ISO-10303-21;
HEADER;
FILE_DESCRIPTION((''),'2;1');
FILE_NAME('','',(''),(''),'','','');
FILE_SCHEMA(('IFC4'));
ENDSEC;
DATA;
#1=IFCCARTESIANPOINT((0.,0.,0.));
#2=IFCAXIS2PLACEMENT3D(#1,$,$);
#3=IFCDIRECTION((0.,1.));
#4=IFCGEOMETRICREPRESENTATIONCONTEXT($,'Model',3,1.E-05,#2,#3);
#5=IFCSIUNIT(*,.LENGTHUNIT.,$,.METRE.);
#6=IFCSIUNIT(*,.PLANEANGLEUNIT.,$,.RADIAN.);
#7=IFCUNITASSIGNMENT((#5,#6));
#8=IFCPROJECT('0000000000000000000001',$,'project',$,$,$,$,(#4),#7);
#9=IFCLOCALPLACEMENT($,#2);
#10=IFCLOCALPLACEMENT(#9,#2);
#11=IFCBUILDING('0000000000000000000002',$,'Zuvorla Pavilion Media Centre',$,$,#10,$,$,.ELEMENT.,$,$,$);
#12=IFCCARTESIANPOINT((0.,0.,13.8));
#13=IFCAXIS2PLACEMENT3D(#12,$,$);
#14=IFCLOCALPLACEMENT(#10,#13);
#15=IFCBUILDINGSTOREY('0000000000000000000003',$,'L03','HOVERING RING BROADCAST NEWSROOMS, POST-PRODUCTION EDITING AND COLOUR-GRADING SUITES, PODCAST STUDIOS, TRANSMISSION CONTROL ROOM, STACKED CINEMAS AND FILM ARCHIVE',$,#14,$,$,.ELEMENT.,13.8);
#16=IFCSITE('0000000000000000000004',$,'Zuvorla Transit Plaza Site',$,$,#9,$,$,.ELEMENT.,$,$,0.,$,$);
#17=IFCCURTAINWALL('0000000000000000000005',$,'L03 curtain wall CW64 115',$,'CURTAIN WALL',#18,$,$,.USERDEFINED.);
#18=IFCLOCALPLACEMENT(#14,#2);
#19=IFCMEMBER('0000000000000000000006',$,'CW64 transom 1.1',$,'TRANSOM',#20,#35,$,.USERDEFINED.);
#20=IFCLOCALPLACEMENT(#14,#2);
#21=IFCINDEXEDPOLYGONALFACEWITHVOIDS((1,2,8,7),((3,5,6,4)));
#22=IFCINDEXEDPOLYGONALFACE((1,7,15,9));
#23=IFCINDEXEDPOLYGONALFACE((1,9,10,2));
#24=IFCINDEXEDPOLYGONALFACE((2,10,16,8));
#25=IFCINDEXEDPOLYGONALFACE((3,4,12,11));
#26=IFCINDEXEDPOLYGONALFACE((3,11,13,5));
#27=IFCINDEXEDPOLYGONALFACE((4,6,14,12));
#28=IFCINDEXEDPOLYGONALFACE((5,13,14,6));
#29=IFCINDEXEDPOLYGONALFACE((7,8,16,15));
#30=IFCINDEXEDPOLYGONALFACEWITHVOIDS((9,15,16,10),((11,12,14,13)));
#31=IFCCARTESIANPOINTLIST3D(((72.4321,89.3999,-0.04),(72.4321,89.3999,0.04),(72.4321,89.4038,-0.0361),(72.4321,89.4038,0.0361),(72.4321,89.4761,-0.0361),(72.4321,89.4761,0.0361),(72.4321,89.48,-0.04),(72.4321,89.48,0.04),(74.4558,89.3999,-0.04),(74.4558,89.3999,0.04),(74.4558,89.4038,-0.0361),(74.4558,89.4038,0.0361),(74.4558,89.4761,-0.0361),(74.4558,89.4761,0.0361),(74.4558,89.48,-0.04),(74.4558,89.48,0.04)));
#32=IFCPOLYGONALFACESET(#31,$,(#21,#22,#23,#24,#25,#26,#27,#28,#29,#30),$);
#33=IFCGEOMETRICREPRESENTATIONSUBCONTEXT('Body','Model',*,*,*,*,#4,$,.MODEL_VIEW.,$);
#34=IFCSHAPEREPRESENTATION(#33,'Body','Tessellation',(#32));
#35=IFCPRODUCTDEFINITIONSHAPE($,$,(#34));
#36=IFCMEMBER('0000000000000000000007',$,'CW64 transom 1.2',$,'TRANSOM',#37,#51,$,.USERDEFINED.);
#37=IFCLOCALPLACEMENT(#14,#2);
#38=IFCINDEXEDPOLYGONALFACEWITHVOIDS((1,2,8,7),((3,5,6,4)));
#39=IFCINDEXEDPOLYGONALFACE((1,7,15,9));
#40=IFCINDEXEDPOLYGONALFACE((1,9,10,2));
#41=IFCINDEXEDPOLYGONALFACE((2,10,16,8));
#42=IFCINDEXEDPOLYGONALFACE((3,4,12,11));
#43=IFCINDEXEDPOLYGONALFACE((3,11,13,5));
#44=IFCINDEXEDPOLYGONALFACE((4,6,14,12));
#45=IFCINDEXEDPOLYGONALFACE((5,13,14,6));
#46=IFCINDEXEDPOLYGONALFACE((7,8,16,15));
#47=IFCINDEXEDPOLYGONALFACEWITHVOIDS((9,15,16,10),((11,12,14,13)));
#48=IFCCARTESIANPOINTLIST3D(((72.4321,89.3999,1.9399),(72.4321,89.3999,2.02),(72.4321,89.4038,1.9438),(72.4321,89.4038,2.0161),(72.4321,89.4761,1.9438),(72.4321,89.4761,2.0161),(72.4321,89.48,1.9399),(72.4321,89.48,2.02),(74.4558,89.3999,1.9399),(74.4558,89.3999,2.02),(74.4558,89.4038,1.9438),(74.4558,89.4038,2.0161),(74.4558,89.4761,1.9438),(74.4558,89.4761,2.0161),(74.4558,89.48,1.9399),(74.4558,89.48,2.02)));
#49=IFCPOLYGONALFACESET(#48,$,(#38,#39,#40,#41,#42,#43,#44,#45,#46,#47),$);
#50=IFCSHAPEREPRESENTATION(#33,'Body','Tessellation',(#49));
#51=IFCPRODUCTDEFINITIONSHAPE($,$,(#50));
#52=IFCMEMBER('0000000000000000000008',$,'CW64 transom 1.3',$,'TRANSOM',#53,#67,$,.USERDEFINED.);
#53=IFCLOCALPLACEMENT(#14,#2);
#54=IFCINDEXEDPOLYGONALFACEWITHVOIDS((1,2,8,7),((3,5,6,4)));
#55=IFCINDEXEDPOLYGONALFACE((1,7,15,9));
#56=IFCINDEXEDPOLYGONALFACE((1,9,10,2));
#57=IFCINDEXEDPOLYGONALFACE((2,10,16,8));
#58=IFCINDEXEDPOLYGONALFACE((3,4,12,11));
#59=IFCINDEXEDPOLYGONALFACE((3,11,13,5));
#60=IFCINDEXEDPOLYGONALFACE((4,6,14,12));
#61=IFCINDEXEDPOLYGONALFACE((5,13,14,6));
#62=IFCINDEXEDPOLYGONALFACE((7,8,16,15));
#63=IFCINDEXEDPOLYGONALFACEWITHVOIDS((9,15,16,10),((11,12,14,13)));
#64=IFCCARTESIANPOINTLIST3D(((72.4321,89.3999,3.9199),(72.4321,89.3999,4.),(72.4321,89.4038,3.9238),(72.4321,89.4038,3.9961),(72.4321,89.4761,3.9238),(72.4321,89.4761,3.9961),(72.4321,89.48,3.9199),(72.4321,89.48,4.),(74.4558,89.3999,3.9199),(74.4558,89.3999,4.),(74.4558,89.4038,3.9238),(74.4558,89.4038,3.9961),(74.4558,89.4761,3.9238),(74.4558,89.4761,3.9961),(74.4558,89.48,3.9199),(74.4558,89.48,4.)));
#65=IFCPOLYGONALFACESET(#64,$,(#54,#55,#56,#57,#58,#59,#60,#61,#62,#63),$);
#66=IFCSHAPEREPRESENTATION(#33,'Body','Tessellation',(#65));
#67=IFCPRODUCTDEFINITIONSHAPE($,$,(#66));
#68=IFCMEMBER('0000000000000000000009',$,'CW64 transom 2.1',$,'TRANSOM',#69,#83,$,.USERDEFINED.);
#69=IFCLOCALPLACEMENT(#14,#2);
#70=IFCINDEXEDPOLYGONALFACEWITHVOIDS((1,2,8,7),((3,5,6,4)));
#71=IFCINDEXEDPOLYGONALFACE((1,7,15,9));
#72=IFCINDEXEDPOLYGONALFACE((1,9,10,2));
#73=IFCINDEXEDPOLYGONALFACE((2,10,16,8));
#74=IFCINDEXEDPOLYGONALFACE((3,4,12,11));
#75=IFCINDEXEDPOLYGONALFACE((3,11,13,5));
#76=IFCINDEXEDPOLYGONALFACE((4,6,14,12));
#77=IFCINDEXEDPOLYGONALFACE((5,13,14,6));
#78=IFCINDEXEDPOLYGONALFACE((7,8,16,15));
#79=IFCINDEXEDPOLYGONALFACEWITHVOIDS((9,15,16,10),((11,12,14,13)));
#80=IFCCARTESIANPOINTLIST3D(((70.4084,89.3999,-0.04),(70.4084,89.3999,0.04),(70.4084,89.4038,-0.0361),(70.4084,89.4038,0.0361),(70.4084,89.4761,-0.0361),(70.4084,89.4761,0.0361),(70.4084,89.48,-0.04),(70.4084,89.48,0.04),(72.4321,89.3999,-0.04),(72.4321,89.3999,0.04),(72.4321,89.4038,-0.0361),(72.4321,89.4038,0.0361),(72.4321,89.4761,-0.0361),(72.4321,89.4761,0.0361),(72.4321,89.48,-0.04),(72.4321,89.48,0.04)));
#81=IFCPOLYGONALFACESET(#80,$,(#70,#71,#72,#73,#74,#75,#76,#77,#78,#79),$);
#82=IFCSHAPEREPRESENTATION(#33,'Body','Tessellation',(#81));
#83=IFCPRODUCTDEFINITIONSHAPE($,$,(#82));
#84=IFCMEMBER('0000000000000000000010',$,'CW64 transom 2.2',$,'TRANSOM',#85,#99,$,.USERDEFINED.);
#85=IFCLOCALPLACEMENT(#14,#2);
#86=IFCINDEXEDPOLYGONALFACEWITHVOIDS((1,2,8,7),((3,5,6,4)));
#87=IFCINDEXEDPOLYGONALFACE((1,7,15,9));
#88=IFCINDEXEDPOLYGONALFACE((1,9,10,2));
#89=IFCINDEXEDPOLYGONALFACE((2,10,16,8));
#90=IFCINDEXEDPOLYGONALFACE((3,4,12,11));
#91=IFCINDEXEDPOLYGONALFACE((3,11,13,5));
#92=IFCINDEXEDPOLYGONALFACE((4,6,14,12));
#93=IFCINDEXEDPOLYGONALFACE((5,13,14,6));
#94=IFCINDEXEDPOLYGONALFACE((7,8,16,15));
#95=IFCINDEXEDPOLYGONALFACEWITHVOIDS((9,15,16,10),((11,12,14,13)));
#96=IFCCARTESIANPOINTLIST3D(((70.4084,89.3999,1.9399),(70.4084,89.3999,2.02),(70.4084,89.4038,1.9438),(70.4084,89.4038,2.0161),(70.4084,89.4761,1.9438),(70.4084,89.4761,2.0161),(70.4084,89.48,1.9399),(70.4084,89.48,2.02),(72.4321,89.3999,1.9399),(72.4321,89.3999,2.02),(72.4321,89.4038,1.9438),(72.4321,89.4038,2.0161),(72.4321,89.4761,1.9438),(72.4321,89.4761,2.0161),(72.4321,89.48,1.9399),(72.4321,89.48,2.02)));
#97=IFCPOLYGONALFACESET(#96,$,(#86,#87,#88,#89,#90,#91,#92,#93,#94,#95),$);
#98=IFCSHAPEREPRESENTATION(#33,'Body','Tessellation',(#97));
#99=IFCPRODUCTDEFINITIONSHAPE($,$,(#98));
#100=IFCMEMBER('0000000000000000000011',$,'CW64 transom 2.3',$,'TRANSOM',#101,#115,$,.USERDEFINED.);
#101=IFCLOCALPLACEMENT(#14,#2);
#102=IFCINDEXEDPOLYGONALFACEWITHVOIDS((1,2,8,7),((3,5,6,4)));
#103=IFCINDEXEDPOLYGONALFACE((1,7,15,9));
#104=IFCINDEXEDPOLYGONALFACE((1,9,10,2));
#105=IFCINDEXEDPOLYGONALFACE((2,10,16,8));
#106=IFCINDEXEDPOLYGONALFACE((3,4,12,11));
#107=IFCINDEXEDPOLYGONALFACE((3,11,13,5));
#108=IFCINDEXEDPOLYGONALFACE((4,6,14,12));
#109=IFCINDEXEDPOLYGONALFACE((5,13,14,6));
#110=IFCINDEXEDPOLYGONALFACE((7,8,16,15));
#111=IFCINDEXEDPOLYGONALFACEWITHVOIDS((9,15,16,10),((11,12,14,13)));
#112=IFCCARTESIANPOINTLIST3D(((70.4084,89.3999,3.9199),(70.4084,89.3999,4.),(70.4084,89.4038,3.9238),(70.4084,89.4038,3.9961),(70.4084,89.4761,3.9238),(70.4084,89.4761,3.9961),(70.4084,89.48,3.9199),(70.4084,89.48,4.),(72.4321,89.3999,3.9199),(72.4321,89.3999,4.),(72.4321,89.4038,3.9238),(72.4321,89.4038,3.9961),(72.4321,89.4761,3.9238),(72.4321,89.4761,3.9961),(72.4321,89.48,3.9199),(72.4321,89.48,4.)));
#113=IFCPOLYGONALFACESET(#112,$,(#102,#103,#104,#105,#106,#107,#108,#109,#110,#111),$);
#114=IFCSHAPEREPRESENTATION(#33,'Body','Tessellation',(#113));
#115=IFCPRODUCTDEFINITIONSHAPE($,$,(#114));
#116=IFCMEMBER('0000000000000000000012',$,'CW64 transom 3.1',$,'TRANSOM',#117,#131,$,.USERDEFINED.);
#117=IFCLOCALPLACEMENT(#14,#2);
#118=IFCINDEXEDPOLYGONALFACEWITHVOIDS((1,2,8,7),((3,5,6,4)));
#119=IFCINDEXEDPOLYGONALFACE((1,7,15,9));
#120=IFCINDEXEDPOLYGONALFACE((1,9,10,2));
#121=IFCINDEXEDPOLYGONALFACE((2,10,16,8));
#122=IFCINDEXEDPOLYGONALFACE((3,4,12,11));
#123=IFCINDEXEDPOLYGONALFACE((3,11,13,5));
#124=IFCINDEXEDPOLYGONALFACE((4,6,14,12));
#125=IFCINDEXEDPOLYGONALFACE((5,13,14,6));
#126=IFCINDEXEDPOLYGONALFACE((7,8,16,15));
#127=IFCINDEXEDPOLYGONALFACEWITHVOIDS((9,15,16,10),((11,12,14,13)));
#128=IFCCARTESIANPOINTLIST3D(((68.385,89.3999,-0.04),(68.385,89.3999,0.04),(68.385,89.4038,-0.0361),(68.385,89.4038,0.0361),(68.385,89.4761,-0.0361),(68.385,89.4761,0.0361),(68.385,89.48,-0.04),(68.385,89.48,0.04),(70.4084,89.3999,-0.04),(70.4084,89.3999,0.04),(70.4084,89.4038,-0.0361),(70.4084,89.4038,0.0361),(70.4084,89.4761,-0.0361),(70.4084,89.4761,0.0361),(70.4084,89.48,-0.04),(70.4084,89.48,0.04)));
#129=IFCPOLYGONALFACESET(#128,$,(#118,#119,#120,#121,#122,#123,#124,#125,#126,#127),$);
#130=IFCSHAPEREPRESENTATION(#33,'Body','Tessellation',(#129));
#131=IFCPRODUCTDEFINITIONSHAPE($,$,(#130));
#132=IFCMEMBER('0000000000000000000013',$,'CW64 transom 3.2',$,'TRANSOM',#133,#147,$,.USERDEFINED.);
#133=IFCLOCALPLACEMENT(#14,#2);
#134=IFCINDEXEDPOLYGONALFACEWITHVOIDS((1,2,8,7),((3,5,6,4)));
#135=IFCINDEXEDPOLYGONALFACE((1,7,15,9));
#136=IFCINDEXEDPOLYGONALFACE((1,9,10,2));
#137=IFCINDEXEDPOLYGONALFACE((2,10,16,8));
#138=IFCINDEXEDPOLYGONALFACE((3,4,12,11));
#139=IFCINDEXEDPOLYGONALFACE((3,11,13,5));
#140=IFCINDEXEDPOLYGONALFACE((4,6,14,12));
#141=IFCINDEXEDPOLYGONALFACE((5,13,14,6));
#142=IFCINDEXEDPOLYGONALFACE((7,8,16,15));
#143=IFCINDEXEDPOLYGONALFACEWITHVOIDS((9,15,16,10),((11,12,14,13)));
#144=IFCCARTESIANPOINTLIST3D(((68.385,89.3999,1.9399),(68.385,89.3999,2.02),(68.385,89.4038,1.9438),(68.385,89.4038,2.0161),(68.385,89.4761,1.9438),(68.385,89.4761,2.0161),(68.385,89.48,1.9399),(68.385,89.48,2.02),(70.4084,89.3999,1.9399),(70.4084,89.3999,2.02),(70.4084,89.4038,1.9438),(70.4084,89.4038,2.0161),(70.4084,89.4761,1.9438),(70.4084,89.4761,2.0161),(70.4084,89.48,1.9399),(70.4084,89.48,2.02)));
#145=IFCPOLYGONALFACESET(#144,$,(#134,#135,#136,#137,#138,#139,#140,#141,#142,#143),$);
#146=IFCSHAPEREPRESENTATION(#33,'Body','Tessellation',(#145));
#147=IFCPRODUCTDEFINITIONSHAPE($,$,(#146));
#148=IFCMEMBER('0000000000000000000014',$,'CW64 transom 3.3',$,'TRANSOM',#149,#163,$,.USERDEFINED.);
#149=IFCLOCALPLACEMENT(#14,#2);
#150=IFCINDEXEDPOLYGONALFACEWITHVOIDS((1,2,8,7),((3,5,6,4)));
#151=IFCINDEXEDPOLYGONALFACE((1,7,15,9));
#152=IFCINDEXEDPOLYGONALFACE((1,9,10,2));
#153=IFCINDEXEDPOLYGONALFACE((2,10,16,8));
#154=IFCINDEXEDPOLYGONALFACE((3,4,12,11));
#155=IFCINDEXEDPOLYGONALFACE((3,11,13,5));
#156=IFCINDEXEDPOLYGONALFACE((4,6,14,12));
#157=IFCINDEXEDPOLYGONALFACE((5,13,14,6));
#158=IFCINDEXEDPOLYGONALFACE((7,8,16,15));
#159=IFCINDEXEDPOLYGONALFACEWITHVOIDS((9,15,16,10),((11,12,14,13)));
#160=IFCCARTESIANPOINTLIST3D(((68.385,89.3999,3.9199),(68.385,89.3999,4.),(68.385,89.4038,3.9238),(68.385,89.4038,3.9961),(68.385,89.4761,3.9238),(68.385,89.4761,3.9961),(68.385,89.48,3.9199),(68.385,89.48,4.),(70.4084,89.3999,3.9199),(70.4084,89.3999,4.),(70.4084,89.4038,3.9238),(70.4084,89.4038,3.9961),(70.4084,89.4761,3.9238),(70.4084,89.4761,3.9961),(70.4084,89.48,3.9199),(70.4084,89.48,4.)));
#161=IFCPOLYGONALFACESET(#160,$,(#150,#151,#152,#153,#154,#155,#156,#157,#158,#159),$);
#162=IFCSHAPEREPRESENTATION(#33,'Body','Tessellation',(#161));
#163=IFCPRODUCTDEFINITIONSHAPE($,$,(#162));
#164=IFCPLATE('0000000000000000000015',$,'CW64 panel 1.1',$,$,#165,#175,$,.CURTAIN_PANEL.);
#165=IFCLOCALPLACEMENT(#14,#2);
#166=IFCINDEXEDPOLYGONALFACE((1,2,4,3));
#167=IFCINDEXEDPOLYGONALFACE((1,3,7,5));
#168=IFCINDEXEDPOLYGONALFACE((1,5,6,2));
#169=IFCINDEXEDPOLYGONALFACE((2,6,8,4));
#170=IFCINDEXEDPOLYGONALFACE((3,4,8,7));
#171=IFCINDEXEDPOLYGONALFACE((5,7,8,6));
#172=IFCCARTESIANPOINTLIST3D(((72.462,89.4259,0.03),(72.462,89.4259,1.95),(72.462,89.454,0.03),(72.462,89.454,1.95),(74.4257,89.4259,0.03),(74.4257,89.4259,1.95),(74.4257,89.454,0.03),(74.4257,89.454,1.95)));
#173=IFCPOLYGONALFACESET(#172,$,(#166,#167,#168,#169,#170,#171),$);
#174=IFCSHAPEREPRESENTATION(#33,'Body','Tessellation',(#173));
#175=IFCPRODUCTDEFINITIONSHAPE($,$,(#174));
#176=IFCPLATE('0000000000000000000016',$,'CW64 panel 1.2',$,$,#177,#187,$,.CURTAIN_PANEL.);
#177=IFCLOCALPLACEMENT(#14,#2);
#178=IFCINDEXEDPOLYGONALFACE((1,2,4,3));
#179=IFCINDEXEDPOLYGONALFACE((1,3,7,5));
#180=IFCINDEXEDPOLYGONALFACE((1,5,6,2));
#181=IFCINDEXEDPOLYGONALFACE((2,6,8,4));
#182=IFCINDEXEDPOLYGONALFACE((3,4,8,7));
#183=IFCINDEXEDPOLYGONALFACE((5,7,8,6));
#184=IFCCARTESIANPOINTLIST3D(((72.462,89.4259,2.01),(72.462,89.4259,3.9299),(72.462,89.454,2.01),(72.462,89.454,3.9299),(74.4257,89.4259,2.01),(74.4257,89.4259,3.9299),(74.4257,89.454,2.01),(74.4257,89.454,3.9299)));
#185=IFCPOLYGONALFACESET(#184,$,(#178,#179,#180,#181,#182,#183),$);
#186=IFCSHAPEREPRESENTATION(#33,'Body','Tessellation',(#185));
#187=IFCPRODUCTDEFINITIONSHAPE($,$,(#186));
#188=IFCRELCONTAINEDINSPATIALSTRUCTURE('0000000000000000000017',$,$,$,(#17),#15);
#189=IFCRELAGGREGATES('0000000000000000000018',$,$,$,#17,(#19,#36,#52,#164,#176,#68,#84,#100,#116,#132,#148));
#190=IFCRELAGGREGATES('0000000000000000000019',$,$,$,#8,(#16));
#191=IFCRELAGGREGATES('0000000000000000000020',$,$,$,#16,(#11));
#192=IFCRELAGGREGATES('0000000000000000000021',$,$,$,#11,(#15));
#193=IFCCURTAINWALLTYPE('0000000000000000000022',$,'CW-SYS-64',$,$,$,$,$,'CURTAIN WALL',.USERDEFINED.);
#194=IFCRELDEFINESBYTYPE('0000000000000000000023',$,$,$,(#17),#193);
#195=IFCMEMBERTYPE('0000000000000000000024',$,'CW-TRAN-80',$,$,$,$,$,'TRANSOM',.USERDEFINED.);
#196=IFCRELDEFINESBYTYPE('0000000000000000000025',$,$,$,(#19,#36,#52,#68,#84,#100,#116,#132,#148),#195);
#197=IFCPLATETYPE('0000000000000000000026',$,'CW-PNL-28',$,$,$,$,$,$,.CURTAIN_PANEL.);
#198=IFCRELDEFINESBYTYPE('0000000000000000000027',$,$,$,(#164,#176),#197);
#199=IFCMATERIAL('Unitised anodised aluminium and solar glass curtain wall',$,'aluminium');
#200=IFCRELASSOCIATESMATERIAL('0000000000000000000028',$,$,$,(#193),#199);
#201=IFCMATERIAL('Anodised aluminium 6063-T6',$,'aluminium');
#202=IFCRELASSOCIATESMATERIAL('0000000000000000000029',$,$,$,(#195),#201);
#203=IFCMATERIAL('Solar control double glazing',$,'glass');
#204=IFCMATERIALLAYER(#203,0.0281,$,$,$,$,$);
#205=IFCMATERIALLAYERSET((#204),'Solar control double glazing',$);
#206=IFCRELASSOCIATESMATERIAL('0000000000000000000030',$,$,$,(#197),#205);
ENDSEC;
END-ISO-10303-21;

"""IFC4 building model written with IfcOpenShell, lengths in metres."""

from ifc_helpers import new_model, si_unit, direction, frame, origin, origin_2d, place, context, subcontext, project, spatial, rectangle, hollow_rectangle, extrude, material, layer, layer_set, material_profile, profile_set, type_object, element, aggregate, save


model = new_model("IFC4")

# Units and contexts
model_context = context("Model", 3, precision=1e-05, world=origin(), true_north=direction((0.0, 1.0)))
body_context = subcontext(model_context, "Body", "Model", "MODEL_VIEW")
ifc_project = project(units=[si_unit("LENGTHUNIT", "METRE"), si_unit("PLANEANGLEUNIT", "RADIAN")], contexts=[model_context])

# Site, building, storey
site_placement = place(None, origin())
site = spatial("IfcSite", under=ifc_project, at=site_placement, Name="Zuvorla Transit Plaza Site", CompositionType="ELEMENT", RefElevation=0.0)
building_placement = place(site_placement, origin())
building = spatial("IfcBuilding", under=site, at=building_placement, Name="Zuvorla Pavilion Media Centre", CompositionType="ELEMENT")
storey_placement = place(building_placement, frame((0.0, 0.0, 13.8)))
storey = spatial("IfcBuildingStorey", under=building, at=storey_placement, Name="L03", Description="HOVERING RING BROADCAST NEWSROOMS, POST-PRODUCTION EDITING AND COLOUR-GRADING SUITES, PODCAST STUDIOS, TRANSMISSION CONTROL ROOM, STACKED CINEMAS AND FILM ARCHIVE", CompositionType="ELEMENT", Elevation=13.8)

# Curtain wall
ifc_material_1 = material(Name="Unitised anodised aluminium and solar glass curtain wall", Category="aluminium")
curtain_wall_type_1 = type_object("IfcCurtainWallType", Name="CW-SYS-64", ElementType="CURTAIN WALL", PredefinedType="USERDEFINED", material=ifc_material_1)
curtain_wall_1_placement = place(storey_placement, origin())
curtain_wall_1 = element("IfcCurtainWall", 1, at=curtain_wall_1_placement, inside=storey, type_object=curtain_wall_type_1, Name="L03 curtain wall CW64 115", ObjectType="CURTAIN WALL", PredefinedType="USERDEFINED")
ifc_material_2 = material(Name="Anodised aluminium 6063-T6", Category="aluminium")

# Members
ifc_material_profile_1 = material_profile(ifc_material_2, hollow_rectangle(XDim=0.0801, YDim=0.0801, WallThickness=0.0039, at=origin_2d()), Name="ALU TRAN 80x80")
ifc_profile_set_1 = profile_set([ifc_material_profile_1], Name="Anodised aluminium 6063-T6")
member_type_1 = type_object("IfcMemberType", Name="CW-TRAN-80", ElementType="TRANSOM", PredefinedType="USERDEFINED", material=ifc_profile_set_1)
member_1_placement = place(storey_placement, frame((74.4558, 89.4399, 0.0), z_axis=(-1.0, 0.0, 0.0), x_axis=(0.0, -1.0, 0.0)))
member_1 = element("IfcMember", 2, at=member_1_placement, type_object=member_type_1, Name="CW64 transom 1.1", ObjectType="TRANSOM", PredefinedType="USERDEFINED", context=body_context, shape_type="SweptSolid", body=[
    extrude(hollow_rectangle(XDim=0.0801, YDim=0.0801, WallThickness=0.0039, at=origin_2d()), origin(), (0.0, 0.0, 1.0), 2.0237),
])
member_2_placement = place(storey_placement, frame((74.4558, 89.4399, 1.98), z_axis=(-1.0, 0.0, 0.0), x_axis=(0.0, -1.0, 0.0)))
member_2 = element("IfcMember", 3, at=member_2_placement, type_object=member_type_1, Name="CW64 transom 1.2", ObjectType="TRANSOM", PredefinedType="USERDEFINED", context=body_context, shape_type="SweptSolid", body=[
    extrude(hollow_rectangle(XDim=0.0801, YDim=0.0801, WallThickness=0.0039, at=origin_2d()), origin(), (0.0, 0.0, 1.0), 2.0237),
])
member_3_placement = place(storey_placement, frame((74.4558, 89.4399, 3.96), z_axis=(-1.0, 0.0, 0.0), x_axis=(0.0, -1.0, 0.0)))
member_3 = element("IfcMember", 4, at=member_3_placement, type_object=member_type_1, Name="CW64 transom 1.3", ObjectType="TRANSOM", PredefinedType="USERDEFINED", context=body_context, shape_type="SweptSolid", body=[
    extrude(hollow_rectangle(XDim=0.0801, YDim=0.0801, WallThickness=0.0039, at=origin_2d()), origin(), (0.0, 0.0, 1.0), 2.0237),
])
member_4_placement = place(storey_placement, frame((72.4321, 89.4399, 0.0), z_axis=(-1.0, 0.0, 0.0), x_axis=(0.0, -1.0, 0.0)))
member_4 = element("IfcMember", 5, at=member_4_placement, type_object=member_type_1, Name="CW64 transom 2.1", ObjectType="TRANSOM", PredefinedType="USERDEFINED", context=body_context, shape_type="SweptSolid", body=[
    extrude(hollow_rectangle(XDim=0.0801, YDim=0.0801, WallThickness=0.0039, at=origin_2d()), origin(), (0.0, 0.0, 1.0), 2.0237),
])
member_5_placement = place(storey_placement, frame((72.4321, 89.4399, 1.98), z_axis=(-1.0, 0.0, 0.0), x_axis=(0.0, -1.0, 0.0)))
member_5 = element("IfcMember", 6, at=member_5_placement, type_object=member_type_1, Name="CW64 transom 2.2", ObjectType="TRANSOM", PredefinedType="USERDEFINED", context=body_context, shape_type="SweptSolid", body=[
    extrude(hollow_rectangle(XDim=0.0801, YDim=0.0801, WallThickness=0.0039, at=origin_2d()), origin(), (0.0, 0.0, 1.0), 2.0237),
])
member_6_placement = place(storey_placement, frame((72.4321, 89.4399, 3.96), z_axis=(-1.0, 0.0, 0.0), x_axis=(0.0, -1.0, 0.0)))
member_6 = element("IfcMember", 7, at=member_6_placement, type_object=member_type_1, Name="CW64 transom 2.3", ObjectType="TRANSOM", PredefinedType="USERDEFINED", context=body_context, shape_type="SweptSolid", body=[
    extrude(hollow_rectangle(XDim=0.0801, YDim=0.0801, WallThickness=0.0039, at=origin_2d()), origin(), (0.0, 0.0, 1.0), 2.0237),
])
member_7_placement = place(storey_placement, frame((70.4084, 89.4399, 0.0), z_axis=(-1.0, 0.0, 0.0), x_axis=(0.0, -1.0, 0.0)))
member_7 = element("IfcMember", 8, at=member_7_placement, type_object=member_type_1, Name="CW64 transom 3.1", ObjectType="TRANSOM", PredefinedType="USERDEFINED", context=body_context, shape_type="SweptSolid", body=[
    extrude(hollow_rectangle(XDim=0.0801, YDim=0.0801, WallThickness=0.0039, at=origin_2d()), origin(), (0.0, 0.0, 1.0), 2.0234),
])
member_8_placement = place(storey_placement, frame((70.4084, 89.4399, 1.98), z_axis=(-1.0, 0.0, 0.0), x_axis=(0.0, -1.0, 0.0)))
member_8 = element("IfcMember", 9, at=member_8_placement, type_object=member_type_1, Name="CW64 transom 3.2", ObjectType="TRANSOM", PredefinedType="USERDEFINED", context=body_context, shape_type="SweptSolid", body=[
    extrude(hollow_rectangle(XDim=0.0801, YDim=0.0801, WallThickness=0.0039, at=origin_2d()), origin(), (0.0, 0.0, 1.0), 2.0234),
])
member_9_placement = place(storey_placement, frame((70.4084, 89.4399, 3.96), z_axis=(-1.0, 0.0, 0.0), x_axis=(0.0, -1.0, 0.0)))
member_9 = element("IfcMember", 10, at=member_9_placement, type_object=member_type_1, Name="CW64 transom 3.3", ObjectType="TRANSOM", PredefinedType="USERDEFINED", context=body_context, shape_type="SweptSolid", body=[
    extrude(hollow_rectangle(XDim=0.0801, YDim=0.0801, WallThickness=0.0039, at=origin_2d()), origin(), (0.0, 0.0, 1.0), 2.0234),
])

# Plates
ifc_material_3 = material(Name="Solar control double glazing", Category="glass")
ifc_layer_1 = layer(ifc_material_3, 0.0281)
ifc_layer_set_1 = layer_set([ifc_layer_1], Name="Solar control double glazing")
plate_type_1 = type_object("IfcPlateType", Name="CW-PNL-28", PredefinedType="CURTAIN_PANEL", material=ifc_layer_set_1)
plate_1_placement = place(storey_placement, frame((73.4438, 89.4399, 0.03), z_axis=(0.0, 0.0, 1.0), x_axis=(-1.0, 0.0, 0.0)))
plate_1 = element("IfcPlate", 11, at=plate_1_placement, type_object=plate_type_1, Name="CW64 panel 1.1", PredefinedType="CURTAIN_PANEL", context=body_context, shape_type="SweptSolid", body=[
    extrude(rectangle(XDim=1.9636, YDim=0.0281, at=origin_2d()), origin(), (0.0, 0.0, 1.0), 1.9199),
])
plate_2_placement = place(storey_placement, frame((73.4438, 89.4399, 2.01), z_axis=(0.0, 0.0, 1.0), x_axis=(-1.0, 0.0, 0.0)))
plate_2 = element("IfcPlate", 12, at=plate_2_placement, type_object=plate_type_1, Name="CW64 panel 1.2", PredefinedType="CURTAIN_PANEL", context=body_context, shape_type="SweptSolid", body=[
    extrude(rectangle(XDim=1.9636, YDim=0.0281, at=origin_2d()), origin(), (0.0, 0.0, 1.0), 1.9199),
])
aggregate(curtain_wall_1, [member_1, member_2, member_3, plate_1, plate_2, member_4, member_5, member_6, member_7, member_8, member_9])

save(model, "model.ifc")
